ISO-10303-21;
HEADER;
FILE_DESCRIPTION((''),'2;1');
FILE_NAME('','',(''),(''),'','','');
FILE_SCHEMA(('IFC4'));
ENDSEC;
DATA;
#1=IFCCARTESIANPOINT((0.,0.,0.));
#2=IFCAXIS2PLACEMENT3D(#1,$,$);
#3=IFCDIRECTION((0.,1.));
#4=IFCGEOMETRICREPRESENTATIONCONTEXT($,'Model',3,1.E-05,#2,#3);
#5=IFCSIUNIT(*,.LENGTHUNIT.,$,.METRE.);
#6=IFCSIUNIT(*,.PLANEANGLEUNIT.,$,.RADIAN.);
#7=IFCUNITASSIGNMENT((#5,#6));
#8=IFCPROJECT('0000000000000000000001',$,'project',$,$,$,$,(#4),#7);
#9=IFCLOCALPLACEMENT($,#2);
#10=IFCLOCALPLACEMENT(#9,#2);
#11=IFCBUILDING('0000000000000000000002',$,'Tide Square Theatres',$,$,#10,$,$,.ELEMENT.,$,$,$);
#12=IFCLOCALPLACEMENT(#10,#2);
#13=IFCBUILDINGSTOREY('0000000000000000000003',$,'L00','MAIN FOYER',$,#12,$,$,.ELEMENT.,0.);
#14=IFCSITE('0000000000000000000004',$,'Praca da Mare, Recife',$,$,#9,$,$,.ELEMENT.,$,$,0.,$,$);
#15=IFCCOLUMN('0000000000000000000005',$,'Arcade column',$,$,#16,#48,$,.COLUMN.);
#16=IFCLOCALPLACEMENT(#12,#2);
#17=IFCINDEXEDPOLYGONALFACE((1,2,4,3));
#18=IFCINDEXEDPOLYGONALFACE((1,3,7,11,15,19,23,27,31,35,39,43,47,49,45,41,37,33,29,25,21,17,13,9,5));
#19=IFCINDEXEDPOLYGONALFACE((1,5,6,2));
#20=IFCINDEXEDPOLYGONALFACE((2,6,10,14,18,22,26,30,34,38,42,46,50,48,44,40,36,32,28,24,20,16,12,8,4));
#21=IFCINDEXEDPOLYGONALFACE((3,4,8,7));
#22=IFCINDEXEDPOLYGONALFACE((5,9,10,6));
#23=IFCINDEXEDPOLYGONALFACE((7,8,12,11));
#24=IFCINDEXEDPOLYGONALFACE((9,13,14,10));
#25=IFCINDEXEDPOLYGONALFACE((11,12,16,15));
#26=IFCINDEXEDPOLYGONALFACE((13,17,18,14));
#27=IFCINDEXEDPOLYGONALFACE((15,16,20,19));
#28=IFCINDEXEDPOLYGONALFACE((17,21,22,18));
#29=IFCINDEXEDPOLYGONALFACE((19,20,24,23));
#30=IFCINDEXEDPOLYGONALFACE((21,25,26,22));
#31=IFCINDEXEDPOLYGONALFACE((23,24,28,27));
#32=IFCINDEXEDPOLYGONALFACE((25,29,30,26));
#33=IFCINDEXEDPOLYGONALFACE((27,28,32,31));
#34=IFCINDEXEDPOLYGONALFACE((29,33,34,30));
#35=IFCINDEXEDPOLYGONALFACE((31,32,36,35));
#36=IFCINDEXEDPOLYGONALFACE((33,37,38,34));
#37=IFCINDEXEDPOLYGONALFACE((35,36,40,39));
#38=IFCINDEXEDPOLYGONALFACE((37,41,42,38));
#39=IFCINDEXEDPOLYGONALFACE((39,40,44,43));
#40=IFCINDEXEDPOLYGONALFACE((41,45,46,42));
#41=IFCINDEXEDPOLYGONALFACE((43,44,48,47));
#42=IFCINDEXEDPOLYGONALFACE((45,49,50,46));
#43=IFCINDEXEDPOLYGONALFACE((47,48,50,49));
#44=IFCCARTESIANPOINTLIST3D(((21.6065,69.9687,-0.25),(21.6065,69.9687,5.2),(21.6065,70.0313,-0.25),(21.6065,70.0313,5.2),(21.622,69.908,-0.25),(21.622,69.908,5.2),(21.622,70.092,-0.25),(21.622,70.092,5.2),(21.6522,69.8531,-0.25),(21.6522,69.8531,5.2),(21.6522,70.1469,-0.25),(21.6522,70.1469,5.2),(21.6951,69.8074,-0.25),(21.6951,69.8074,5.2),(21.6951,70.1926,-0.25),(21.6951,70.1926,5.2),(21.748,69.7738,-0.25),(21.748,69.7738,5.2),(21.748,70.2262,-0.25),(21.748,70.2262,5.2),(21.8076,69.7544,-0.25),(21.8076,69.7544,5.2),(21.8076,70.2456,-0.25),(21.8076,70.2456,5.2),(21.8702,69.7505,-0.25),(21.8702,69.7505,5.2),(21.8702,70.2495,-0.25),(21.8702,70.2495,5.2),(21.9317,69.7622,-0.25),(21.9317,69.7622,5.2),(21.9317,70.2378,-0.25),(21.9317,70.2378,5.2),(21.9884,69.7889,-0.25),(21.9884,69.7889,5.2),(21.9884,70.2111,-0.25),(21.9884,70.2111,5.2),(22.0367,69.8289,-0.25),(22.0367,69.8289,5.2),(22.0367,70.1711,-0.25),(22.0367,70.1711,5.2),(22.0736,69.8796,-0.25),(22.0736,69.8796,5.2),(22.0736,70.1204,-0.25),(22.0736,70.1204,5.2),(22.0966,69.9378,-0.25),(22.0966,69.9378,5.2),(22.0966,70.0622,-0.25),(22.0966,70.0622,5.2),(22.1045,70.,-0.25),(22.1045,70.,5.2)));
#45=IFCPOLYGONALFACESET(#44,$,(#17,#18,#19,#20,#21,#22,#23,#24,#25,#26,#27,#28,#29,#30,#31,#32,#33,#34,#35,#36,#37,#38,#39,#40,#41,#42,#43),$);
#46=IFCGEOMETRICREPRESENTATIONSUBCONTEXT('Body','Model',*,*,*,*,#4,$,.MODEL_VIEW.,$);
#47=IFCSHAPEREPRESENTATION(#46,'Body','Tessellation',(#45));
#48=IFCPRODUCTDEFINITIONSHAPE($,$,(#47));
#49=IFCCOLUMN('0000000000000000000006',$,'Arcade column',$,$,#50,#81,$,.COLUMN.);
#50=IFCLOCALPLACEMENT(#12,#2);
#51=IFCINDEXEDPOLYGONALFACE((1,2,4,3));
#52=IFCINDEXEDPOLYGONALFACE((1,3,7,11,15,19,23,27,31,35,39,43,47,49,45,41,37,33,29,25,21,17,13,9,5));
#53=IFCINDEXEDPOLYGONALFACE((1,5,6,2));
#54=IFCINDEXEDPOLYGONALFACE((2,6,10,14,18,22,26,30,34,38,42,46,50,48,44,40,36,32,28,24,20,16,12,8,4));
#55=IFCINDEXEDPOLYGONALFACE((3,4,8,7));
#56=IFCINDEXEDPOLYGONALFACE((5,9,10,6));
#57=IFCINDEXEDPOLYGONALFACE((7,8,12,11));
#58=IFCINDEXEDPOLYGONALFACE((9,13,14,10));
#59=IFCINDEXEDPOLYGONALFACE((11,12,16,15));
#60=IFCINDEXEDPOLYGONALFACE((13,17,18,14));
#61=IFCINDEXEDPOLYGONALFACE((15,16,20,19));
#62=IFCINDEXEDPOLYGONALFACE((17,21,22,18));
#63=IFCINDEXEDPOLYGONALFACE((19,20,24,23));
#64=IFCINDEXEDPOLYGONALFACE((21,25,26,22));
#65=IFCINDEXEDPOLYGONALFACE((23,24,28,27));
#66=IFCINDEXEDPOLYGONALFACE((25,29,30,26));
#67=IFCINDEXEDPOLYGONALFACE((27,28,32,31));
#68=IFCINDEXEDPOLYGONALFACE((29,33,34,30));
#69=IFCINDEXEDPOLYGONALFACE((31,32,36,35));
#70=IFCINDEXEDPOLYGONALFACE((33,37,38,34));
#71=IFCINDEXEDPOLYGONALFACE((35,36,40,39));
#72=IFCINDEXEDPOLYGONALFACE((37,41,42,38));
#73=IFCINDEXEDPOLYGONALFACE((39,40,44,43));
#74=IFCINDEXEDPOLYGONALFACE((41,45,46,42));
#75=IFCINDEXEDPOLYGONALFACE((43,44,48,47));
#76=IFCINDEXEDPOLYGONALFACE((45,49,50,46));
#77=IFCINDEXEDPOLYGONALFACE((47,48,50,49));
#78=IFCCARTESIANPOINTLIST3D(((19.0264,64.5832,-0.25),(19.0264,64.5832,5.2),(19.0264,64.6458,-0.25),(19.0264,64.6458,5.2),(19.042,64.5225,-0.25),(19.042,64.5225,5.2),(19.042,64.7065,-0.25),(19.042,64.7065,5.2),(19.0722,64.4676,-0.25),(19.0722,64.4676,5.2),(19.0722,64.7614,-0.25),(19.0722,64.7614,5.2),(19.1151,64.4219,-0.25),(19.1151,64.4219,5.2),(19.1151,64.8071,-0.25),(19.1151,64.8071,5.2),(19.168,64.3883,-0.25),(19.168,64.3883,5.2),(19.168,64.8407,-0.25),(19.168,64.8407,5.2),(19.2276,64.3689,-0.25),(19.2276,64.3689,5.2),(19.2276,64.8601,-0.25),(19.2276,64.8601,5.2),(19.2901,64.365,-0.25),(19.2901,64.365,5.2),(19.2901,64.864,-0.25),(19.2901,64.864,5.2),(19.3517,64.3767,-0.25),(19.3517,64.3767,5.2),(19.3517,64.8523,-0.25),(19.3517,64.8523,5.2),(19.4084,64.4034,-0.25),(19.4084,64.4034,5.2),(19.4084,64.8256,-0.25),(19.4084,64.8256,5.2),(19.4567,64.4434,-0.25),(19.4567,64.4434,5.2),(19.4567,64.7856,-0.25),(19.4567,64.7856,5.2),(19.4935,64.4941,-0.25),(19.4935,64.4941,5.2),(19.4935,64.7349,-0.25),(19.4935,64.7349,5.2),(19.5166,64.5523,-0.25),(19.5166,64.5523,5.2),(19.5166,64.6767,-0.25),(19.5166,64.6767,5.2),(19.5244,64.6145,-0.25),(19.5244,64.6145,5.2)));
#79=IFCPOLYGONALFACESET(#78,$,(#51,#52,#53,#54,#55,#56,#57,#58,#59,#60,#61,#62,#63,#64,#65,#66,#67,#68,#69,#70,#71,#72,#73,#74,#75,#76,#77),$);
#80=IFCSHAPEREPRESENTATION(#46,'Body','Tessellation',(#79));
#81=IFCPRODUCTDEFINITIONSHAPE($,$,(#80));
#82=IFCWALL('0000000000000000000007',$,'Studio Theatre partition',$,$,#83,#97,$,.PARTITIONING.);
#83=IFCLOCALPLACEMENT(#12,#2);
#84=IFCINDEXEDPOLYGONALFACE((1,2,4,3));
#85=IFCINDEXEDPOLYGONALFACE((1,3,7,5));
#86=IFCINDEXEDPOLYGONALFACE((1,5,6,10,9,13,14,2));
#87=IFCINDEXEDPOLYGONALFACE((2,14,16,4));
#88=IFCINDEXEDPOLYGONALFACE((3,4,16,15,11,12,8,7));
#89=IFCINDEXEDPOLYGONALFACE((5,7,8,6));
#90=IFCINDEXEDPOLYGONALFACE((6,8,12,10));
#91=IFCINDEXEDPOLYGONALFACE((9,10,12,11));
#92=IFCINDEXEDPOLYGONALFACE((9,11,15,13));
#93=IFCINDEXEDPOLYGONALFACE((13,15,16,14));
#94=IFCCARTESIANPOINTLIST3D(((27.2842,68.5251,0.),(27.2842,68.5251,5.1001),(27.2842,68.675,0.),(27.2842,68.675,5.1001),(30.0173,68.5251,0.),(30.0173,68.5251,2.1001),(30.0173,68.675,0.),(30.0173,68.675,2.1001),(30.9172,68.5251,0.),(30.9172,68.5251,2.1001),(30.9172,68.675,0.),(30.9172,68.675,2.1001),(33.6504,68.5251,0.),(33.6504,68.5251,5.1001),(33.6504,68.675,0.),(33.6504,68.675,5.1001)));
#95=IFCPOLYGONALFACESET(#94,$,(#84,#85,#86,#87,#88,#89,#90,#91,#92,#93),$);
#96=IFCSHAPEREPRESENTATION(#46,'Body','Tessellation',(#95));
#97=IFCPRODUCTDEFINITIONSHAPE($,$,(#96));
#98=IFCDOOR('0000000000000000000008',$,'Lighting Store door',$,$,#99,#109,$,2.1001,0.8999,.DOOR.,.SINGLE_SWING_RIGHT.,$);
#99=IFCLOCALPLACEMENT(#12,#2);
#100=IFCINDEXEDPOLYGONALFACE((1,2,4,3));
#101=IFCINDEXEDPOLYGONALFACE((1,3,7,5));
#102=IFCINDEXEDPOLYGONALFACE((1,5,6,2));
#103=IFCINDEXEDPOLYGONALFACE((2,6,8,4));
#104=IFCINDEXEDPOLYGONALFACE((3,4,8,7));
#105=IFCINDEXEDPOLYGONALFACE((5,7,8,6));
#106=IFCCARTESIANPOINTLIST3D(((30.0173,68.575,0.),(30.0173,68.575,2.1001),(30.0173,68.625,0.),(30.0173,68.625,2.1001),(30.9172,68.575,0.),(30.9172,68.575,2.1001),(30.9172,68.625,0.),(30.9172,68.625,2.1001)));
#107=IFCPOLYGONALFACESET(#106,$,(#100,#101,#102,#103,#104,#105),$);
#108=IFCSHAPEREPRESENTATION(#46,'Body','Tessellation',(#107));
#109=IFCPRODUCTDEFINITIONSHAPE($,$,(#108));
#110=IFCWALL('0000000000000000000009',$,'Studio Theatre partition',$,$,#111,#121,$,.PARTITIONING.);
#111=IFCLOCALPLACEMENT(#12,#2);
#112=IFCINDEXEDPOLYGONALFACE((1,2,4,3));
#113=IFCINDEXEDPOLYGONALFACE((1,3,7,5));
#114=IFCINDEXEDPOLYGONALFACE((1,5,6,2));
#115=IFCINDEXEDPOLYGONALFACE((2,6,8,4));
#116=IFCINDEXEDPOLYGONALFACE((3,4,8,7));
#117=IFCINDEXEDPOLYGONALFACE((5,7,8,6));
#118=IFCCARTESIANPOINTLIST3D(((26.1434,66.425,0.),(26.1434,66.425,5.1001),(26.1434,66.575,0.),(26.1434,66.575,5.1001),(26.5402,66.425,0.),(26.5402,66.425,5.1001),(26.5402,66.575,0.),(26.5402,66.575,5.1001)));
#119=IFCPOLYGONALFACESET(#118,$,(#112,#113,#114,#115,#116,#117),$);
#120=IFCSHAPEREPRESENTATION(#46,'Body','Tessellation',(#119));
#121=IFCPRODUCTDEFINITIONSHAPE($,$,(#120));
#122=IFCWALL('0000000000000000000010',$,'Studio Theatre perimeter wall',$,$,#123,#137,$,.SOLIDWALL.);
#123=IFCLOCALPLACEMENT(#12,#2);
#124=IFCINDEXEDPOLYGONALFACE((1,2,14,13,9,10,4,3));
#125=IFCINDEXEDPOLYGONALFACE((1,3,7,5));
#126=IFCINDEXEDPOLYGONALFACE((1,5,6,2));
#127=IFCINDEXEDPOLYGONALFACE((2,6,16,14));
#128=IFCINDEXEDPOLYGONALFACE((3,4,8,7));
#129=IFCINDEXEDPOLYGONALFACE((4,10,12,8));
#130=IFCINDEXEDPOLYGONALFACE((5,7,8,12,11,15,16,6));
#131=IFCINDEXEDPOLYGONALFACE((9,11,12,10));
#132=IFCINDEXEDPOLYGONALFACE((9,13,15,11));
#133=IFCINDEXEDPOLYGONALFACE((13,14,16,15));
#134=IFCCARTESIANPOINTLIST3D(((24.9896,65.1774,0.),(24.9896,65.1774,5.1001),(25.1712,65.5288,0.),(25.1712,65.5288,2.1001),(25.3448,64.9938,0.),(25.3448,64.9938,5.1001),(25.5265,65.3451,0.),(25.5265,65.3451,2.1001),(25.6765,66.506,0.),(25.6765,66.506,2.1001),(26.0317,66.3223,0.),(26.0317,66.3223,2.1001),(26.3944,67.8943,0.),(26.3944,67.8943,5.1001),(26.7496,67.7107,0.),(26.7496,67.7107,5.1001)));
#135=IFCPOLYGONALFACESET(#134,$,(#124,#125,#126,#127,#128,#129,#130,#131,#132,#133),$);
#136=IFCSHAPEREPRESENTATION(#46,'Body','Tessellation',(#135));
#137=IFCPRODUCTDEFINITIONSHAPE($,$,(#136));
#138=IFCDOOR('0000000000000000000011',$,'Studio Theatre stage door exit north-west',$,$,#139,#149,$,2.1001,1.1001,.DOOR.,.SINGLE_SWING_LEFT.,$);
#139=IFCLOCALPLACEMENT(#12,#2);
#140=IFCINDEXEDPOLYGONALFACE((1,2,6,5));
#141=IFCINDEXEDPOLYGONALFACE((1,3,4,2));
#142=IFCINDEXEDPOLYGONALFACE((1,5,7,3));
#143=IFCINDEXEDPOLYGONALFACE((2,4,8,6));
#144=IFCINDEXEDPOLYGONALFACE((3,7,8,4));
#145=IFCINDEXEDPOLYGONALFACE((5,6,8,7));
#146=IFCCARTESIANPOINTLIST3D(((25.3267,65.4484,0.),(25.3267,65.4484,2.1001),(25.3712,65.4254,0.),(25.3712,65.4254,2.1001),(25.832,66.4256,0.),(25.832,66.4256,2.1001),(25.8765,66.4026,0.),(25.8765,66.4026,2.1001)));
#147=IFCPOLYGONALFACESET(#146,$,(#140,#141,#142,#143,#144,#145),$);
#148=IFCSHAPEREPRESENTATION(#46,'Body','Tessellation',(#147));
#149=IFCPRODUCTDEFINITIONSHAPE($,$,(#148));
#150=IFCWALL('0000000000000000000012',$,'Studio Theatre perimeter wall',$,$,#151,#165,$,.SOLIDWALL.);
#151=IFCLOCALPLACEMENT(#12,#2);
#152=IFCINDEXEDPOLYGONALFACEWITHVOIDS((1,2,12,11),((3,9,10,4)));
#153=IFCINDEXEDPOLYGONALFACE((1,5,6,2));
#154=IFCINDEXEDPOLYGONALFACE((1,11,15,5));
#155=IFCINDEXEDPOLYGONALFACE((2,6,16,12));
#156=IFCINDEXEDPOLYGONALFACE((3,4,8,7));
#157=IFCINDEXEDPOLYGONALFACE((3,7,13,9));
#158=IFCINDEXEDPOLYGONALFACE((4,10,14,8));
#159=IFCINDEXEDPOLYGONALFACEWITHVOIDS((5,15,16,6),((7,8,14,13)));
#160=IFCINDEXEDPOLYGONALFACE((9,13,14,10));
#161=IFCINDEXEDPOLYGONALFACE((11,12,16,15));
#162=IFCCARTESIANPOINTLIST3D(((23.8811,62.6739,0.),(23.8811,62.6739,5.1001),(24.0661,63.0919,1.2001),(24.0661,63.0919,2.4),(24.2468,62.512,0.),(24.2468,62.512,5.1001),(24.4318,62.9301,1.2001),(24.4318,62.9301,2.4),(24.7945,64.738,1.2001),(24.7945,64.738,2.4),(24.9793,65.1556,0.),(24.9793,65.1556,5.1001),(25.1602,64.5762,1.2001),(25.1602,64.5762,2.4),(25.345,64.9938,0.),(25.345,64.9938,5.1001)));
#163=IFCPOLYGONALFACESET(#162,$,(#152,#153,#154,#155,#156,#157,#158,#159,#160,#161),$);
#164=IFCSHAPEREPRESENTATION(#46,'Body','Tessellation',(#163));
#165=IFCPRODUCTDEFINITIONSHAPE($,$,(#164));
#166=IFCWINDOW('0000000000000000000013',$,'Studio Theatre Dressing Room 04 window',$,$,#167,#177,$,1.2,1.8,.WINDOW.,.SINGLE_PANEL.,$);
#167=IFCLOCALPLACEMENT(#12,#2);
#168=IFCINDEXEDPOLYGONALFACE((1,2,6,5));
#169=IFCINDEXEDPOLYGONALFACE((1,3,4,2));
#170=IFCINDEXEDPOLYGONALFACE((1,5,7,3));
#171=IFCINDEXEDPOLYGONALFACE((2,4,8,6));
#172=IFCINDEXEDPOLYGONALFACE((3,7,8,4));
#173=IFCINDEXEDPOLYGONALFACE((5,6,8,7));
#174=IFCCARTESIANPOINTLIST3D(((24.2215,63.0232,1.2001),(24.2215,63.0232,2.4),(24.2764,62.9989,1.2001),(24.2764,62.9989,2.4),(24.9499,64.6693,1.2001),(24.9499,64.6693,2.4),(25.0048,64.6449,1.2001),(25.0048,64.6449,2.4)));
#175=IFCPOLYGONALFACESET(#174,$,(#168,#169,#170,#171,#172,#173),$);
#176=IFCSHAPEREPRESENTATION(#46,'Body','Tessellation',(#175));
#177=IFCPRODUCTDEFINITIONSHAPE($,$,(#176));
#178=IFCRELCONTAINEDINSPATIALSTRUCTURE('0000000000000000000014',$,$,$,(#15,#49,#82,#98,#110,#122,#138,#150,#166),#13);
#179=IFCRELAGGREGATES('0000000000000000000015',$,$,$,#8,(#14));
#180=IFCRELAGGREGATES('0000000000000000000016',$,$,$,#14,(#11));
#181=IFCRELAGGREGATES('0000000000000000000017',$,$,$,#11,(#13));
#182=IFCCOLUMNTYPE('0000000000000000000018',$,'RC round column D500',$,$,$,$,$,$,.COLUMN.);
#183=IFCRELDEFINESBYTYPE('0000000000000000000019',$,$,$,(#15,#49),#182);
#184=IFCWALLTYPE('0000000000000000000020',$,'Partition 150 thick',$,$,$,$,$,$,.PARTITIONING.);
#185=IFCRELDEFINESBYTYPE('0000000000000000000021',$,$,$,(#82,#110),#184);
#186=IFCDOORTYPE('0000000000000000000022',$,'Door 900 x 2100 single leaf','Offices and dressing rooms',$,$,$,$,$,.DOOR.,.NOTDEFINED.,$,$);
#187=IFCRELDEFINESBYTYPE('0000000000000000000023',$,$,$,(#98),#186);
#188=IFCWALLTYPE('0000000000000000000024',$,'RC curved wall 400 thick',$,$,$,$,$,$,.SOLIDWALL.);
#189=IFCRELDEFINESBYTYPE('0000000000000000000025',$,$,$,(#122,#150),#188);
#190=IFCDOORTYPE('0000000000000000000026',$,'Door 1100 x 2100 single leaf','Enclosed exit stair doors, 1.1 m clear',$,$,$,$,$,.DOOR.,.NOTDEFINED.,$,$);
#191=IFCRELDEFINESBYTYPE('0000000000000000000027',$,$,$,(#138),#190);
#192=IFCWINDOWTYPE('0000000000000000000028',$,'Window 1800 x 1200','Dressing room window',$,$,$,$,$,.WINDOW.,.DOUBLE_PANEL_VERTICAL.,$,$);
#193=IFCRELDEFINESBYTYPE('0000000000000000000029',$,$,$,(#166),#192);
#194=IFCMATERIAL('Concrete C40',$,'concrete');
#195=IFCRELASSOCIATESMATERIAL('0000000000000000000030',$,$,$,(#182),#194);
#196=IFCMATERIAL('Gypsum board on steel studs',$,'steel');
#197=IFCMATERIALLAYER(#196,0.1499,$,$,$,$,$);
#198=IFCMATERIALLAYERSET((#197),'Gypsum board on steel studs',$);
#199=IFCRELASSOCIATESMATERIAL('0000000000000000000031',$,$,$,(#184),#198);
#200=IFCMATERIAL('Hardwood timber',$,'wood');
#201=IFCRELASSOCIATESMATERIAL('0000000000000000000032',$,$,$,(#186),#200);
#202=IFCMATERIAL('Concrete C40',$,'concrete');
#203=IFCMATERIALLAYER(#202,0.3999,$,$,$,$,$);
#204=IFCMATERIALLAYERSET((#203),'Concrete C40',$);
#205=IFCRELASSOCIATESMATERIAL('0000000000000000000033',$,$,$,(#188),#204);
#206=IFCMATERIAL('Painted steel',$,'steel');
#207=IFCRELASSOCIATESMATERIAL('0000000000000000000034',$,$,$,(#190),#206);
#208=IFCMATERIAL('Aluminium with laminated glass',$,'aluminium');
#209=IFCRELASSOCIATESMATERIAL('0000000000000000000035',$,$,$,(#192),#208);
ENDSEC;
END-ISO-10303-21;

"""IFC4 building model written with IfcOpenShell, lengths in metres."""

from ifc_helpers import new_model, si_unit, direction, frame, frame_2d, origin, origin_2d, place, context, subcontext, project, spatial, rectangle, circle, extrude, material, layer, layer_set, material_profile, profile_set, type_object, element, fill, save


model = new_model("IFC4")

# Units and contexts
model_context = context("Model", 3, precision=1e-05, world=origin(), true_north=direction((0.0, 1.0)))
body_context = subcontext(model_context, "Body", "Model", "MODEL_VIEW")
ifc_project = project(units=[si_unit("LENGTHUNIT", "METRE"), si_unit("PLANEANGLEUNIT", "RADIAN")], contexts=[model_context])

# Site, building, storey
site_placement = place(None, origin())
site = spatial("IfcSite", under=ifc_project, at=site_placement, Name="Praca da Mare, Recife", CompositionType="ELEMENT", RefElevation=0.0)
building_placement = place(site_placement, origin())
building = spatial("IfcBuilding", under=site, at=building_placement, Name="Tide Square Theatres", CompositionType="ELEMENT")
storey_placement = place(building_placement, origin())
storey = spatial("IfcBuildingStorey", under=building, at=storey_placement, Name="L00", Description="MAIN FOYER", CompositionType="ELEMENT", Elevation=0.0)

# Columns
ifc_material_1 = material(Name="Concrete C40", Category="concrete")
ifc_material_profile_1 = material_profile(ifc_material_1, circle(Radius=0.25, at=origin_2d()))
ifc_profile_set_1 = profile_set([ifc_material_profile_1], Name="Concrete C40")
column_type_1 = type_object("IfcColumnType", Name="RC round column D500", PredefinedType="COLUMN", material=ifc_profile_set_1)
for number, where, z_axis, x_axis, name in (
    (1, (21.8545, 70.0, -0.25), (0.0, 0.0, 1.0), (1.0, 0.0, 0.0), "Arcade column"),
    (2, (19.2744, 64.6145, -0.25), (0.0, 0.0, 1.0), (1.0, 0.0, 0.0), "Arcade column"),
):
    element("IfcColumn", number, at=place(storey_placement, frame(where, z_axis=z_axis, x_axis=x_axis)), inside=storey, type_object=column_type_1, Name=name, PredefinedType="COLUMN", context=body_context, shape_type="SweptSolid", body=[
        extrude(circle(Radius=0.25, at=origin_2d()), origin(), (0.0, 0.0, 1.0), 5.45),
    ])

# Wall, opening, door
ifc_material_2 = material(Name="Gypsum board on steel studs", Category="steel")
ifc_layer_1 = layer(ifc_material_2, 0.1499)
ifc_layer_set_1 = layer_set([ifc_layer_1], Name="Gypsum board on steel studs")
wall_type_1 = type_object("IfcWallType", Name="Partition 150 thick", PredefinedType="PARTITIONING", material=ifc_layer_set_1)
wall_1_placement = place(storey_placement, frame((27.2842, 68.6001, 0.0), z_axis=(0.0, 0.0, 1.0), x_axis=(1.0, 0.0, 0.0)))
wall_1 = element("IfcWall", 3, at=wall_1_placement, inside=storey, type_object=wall_type_1, Name="Studio Theatre partition", PredefinedType="PARTITIONING", context=body_context, shape_type="SweptSolid", body=[
    extrude(rectangle(XDim=6.3662, YDim=0.1499, at=frame_2d((3.1831, 0.0))), origin(), (0.0, 0.0, 1.0), 5.1001),
])
opening_1_placement = place(wall_1_placement, frame((2.7332, 0.0, 0.0)))
opening_1 = element("IfcOpeningElement", 4, at=opening_1_placement, cuts=wall_1, PredefinedType="OPENING", context=body_context, shape_type="SweptSolid", body=[
    extrude(rectangle(XDim=0.8999, YDim=2.1001, at=frame_2d((0.45, 1.05))), frame((0.0, 0.085, 0.0), z_axis=(0.0, -1.0, 0.0), x_axis=(1.0, 0.0, 0.0)), (0.0, 0.0, 1.0), 0.1699),
])
ifc_material_3 = material(Name="Hardwood timber", Category="wood")
door_type_1 = type_object("IfcDoorType", Name="Door 900 x 2100 single leaf", Description="Offices and dressing rooms", OperationType="NOTDEFINED", PredefinedType="DOOR", material=ifc_material_3)
door_1_placement = place(opening_1_placement, origin())
door_1 = element("IfcDoor", 5, at=door_1_placement, inside=storey, type_object=door_type_1, Name="Lighting Store door", OperationType="SINGLE_SWING_RIGHT", OverallHeight=2.1001, OverallWidth=0.8999, PredefinedType="DOOR", context=body_context, shape_type="SweptSolid", body=[
    extrude(rectangle(XDim=0.8999, YDim=2.1001, at=frame_2d((0.45, 1.05))), frame((0.0, 0.0249, 0.0), z_axis=(0.0, -1.0, 0.0), x_axis=(1.0, 0.0, 0.0)), (0.0, 0.0, 1.0), 0.05),
])
fill(opening_1, door_1)

# Wall
wall_2_placement = place(storey_placement, frame((26.54, 66.5, 0.0), z_axis=(0.0, 0.0, 1.0), x_axis=(-1.0, 0.0, 0.0)))
element("IfcWall", 6, at=wall_2_placement, inside=storey, type_object=wall_type_1, Name="Studio Theatre partition", PredefinedType="PARTITIONING", context=body_context, shape_type="SweptSolid", body=[
    extrude(rectangle(XDim=0.3967, YDim=0.1499, at=frame_2d((0.1982, 0.0))), origin(), (0.0, 0.0, 1.0), 5.1001),
])

# Wall, opening, door
ifc_material_4 = material(Name="Concrete C40", Category="concrete")
ifc_layer_2 = layer(ifc_material_4, 0.3999)
ifc_layer_set_2 = layer_set([ifc_layer_2], Name="Concrete C40")
wall_type_2 = type_object("IfcWallType", Name="RC curved wall 400 thick", PredefinedType="SOLIDWALL", material=ifc_layer_set_2)
wall_3_placement = place(storey_placement, frame((26.572, 67.8025, 0.0), z_axis=(0.0, 0.0, 1.0), x_axis=(-0.459306, -0.888278, 0.0)))
wall_3 = element("IfcWall", 7, at=wall_3_placement, inside=storey, type_object=wall_type_2, Name="Studio Theatre perimeter wall", PredefinedType="SOLIDWALL", context=body_context, shape_type="SweptSolid", body=[
    extrude(rectangle(XDim=3.0586, YDim=0.3999, at=frame_2d((1.5293, 0.0))), origin(), (0.0, 0.0, 1.0), 5.1001),
])
opening_2_placement = place(wall_3_placement, frame((1.563, 0.0, 0.0)))
opening_2 = element("IfcOpeningElement", 8, at=opening_2_placement, cuts=wall_3, PredefinedType="OPENING", context=body_context, shape_type="SweptSolid", body=[
    extrude(rectangle(XDim=1.1001, YDim=2.1001, at=frame_2d((0.55, 1.05))), frame((0.0, 0.21, 0.0), z_axis=(0.0, -1.0, 0.0), x_axis=(1.0, 0.0, 0.0)), (0.0, 0.0, 1.0), 0.4199),
])
ifc_material_5 = material(Name="Painted steel", Category="steel")
door_type_2 = type_object("IfcDoorType", Name="Door 1100 x 2100 single leaf", Description="Enclosed exit stair doors, 1.1 m clear", OperationType="NOTDEFINED", PredefinedType="DOOR", material=ifc_material_5)
door_2_placement = place(opening_2_placement, frame((1.1001, 0.0, 0.0), z_axis=(0.0, 0.0, 1.0), x_axis=(-1.0, 0.0, 0.0)))
door_2 = element("IfcDoor", 9, at=door_2_placement, inside=storey, type_object=door_type_2, Name="Studio Theatre stage door exit north-west", OperationType="SINGLE_SWING_LEFT", OverallHeight=2.1001, OverallWidth=1.1001, PredefinedType="DOOR", context=body_context, shape_type="SweptSolid", body=[
    extrude(rectangle(XDim=1.1001, YDim=2.1001, at=frame_2d((0.55, 1.05))), frame((0.0, 0.0249, 0.0), z_axis=(0.0, -1.0, 0.0), x_axis=(1.0, 0.0, 0.0)), (0.0, 0.0, 1.0), 0.05),
])
fill(opening_2, door_2)

# Wall, opening, window
wall_4_placement = place(storey_placement, frame((25.1621, 65.0747, 0.0), z_axis=(0.0, 0.0, 1.0), x_axis=(-0.404652, -0.914471, 0.0)))
wall_4 = element("IfcWall", 10, at=wall_4_placement, inside=storey, type_object=wall_type_2, Name="Studio Theatre perimeter wall", PredefinedType="SOLIDWALL", context=body_context, shape_type="SweptSolid", body=[
    extrude(rectangle(XDim=2.7139, YDim=0.3999, at=frame_2d((1.3569, 0.0))), origin(), (0.0, 0.0, 1.0), 5.1001),
])
opening_3_placement = place(wall_4_placement, frame((0.4568, 0.0, 1.2)))
opening_3 = element("IfcOpeningElement", 11, at=opening_3_placement, cuts=wall_4, PredefinedType="OPENING", context=body_context, shape_type="SweptSolid", body=[
    extrude(rectangle(XDim=1.8, YDim=1.2, at=frame_2d((0.8999, 0.6001))), frame((0.0, 0.21, 0.0), z_axis=(0.0, -1.0, 0.0), x_axis=(1.0, 0.0, 0.0)), (0.0, 0.0, 1.0), 0.4199),
])
ifc_material_6 = material(Name="Aluminium with laminated glass", Category="aluminium")
window_type = type_object("IfcWindowType", Name="Window 1800 x 1200", Description="Dressing room window", PartitioningType="DOUBLE_PANEL_VERTICAL", PredefinedType="WINDOW", material=ifc_material_6)
window_placement = place(opening_3_placement, origin())
window = element("IfcWindow", 12, at=window_placement, inside=storey, type_object=window_type, Name="Studio Theatre Dressing Room 04 window", OverallHeight=1.2, OverallWidth=1.8, PartitioningType="SINGLE_PANEL", PredefinedType="WINDOW", context=body_context, shape_type="SweptSolid", body=[
    extrude(rectangle(XDim=1.8, YDim=1.2, at=frame_2d((0.8999, 0.6001))), frame((0.0, 0.03, 0.0), z_axis=(0.0, -1.0, 0.0), x_axis=(1.0, 0.0, 0.0)), (0.0, 0.0, 1.0), 0.0601),
])
fill(opening_3, window)

save(model, "model.ifc")
